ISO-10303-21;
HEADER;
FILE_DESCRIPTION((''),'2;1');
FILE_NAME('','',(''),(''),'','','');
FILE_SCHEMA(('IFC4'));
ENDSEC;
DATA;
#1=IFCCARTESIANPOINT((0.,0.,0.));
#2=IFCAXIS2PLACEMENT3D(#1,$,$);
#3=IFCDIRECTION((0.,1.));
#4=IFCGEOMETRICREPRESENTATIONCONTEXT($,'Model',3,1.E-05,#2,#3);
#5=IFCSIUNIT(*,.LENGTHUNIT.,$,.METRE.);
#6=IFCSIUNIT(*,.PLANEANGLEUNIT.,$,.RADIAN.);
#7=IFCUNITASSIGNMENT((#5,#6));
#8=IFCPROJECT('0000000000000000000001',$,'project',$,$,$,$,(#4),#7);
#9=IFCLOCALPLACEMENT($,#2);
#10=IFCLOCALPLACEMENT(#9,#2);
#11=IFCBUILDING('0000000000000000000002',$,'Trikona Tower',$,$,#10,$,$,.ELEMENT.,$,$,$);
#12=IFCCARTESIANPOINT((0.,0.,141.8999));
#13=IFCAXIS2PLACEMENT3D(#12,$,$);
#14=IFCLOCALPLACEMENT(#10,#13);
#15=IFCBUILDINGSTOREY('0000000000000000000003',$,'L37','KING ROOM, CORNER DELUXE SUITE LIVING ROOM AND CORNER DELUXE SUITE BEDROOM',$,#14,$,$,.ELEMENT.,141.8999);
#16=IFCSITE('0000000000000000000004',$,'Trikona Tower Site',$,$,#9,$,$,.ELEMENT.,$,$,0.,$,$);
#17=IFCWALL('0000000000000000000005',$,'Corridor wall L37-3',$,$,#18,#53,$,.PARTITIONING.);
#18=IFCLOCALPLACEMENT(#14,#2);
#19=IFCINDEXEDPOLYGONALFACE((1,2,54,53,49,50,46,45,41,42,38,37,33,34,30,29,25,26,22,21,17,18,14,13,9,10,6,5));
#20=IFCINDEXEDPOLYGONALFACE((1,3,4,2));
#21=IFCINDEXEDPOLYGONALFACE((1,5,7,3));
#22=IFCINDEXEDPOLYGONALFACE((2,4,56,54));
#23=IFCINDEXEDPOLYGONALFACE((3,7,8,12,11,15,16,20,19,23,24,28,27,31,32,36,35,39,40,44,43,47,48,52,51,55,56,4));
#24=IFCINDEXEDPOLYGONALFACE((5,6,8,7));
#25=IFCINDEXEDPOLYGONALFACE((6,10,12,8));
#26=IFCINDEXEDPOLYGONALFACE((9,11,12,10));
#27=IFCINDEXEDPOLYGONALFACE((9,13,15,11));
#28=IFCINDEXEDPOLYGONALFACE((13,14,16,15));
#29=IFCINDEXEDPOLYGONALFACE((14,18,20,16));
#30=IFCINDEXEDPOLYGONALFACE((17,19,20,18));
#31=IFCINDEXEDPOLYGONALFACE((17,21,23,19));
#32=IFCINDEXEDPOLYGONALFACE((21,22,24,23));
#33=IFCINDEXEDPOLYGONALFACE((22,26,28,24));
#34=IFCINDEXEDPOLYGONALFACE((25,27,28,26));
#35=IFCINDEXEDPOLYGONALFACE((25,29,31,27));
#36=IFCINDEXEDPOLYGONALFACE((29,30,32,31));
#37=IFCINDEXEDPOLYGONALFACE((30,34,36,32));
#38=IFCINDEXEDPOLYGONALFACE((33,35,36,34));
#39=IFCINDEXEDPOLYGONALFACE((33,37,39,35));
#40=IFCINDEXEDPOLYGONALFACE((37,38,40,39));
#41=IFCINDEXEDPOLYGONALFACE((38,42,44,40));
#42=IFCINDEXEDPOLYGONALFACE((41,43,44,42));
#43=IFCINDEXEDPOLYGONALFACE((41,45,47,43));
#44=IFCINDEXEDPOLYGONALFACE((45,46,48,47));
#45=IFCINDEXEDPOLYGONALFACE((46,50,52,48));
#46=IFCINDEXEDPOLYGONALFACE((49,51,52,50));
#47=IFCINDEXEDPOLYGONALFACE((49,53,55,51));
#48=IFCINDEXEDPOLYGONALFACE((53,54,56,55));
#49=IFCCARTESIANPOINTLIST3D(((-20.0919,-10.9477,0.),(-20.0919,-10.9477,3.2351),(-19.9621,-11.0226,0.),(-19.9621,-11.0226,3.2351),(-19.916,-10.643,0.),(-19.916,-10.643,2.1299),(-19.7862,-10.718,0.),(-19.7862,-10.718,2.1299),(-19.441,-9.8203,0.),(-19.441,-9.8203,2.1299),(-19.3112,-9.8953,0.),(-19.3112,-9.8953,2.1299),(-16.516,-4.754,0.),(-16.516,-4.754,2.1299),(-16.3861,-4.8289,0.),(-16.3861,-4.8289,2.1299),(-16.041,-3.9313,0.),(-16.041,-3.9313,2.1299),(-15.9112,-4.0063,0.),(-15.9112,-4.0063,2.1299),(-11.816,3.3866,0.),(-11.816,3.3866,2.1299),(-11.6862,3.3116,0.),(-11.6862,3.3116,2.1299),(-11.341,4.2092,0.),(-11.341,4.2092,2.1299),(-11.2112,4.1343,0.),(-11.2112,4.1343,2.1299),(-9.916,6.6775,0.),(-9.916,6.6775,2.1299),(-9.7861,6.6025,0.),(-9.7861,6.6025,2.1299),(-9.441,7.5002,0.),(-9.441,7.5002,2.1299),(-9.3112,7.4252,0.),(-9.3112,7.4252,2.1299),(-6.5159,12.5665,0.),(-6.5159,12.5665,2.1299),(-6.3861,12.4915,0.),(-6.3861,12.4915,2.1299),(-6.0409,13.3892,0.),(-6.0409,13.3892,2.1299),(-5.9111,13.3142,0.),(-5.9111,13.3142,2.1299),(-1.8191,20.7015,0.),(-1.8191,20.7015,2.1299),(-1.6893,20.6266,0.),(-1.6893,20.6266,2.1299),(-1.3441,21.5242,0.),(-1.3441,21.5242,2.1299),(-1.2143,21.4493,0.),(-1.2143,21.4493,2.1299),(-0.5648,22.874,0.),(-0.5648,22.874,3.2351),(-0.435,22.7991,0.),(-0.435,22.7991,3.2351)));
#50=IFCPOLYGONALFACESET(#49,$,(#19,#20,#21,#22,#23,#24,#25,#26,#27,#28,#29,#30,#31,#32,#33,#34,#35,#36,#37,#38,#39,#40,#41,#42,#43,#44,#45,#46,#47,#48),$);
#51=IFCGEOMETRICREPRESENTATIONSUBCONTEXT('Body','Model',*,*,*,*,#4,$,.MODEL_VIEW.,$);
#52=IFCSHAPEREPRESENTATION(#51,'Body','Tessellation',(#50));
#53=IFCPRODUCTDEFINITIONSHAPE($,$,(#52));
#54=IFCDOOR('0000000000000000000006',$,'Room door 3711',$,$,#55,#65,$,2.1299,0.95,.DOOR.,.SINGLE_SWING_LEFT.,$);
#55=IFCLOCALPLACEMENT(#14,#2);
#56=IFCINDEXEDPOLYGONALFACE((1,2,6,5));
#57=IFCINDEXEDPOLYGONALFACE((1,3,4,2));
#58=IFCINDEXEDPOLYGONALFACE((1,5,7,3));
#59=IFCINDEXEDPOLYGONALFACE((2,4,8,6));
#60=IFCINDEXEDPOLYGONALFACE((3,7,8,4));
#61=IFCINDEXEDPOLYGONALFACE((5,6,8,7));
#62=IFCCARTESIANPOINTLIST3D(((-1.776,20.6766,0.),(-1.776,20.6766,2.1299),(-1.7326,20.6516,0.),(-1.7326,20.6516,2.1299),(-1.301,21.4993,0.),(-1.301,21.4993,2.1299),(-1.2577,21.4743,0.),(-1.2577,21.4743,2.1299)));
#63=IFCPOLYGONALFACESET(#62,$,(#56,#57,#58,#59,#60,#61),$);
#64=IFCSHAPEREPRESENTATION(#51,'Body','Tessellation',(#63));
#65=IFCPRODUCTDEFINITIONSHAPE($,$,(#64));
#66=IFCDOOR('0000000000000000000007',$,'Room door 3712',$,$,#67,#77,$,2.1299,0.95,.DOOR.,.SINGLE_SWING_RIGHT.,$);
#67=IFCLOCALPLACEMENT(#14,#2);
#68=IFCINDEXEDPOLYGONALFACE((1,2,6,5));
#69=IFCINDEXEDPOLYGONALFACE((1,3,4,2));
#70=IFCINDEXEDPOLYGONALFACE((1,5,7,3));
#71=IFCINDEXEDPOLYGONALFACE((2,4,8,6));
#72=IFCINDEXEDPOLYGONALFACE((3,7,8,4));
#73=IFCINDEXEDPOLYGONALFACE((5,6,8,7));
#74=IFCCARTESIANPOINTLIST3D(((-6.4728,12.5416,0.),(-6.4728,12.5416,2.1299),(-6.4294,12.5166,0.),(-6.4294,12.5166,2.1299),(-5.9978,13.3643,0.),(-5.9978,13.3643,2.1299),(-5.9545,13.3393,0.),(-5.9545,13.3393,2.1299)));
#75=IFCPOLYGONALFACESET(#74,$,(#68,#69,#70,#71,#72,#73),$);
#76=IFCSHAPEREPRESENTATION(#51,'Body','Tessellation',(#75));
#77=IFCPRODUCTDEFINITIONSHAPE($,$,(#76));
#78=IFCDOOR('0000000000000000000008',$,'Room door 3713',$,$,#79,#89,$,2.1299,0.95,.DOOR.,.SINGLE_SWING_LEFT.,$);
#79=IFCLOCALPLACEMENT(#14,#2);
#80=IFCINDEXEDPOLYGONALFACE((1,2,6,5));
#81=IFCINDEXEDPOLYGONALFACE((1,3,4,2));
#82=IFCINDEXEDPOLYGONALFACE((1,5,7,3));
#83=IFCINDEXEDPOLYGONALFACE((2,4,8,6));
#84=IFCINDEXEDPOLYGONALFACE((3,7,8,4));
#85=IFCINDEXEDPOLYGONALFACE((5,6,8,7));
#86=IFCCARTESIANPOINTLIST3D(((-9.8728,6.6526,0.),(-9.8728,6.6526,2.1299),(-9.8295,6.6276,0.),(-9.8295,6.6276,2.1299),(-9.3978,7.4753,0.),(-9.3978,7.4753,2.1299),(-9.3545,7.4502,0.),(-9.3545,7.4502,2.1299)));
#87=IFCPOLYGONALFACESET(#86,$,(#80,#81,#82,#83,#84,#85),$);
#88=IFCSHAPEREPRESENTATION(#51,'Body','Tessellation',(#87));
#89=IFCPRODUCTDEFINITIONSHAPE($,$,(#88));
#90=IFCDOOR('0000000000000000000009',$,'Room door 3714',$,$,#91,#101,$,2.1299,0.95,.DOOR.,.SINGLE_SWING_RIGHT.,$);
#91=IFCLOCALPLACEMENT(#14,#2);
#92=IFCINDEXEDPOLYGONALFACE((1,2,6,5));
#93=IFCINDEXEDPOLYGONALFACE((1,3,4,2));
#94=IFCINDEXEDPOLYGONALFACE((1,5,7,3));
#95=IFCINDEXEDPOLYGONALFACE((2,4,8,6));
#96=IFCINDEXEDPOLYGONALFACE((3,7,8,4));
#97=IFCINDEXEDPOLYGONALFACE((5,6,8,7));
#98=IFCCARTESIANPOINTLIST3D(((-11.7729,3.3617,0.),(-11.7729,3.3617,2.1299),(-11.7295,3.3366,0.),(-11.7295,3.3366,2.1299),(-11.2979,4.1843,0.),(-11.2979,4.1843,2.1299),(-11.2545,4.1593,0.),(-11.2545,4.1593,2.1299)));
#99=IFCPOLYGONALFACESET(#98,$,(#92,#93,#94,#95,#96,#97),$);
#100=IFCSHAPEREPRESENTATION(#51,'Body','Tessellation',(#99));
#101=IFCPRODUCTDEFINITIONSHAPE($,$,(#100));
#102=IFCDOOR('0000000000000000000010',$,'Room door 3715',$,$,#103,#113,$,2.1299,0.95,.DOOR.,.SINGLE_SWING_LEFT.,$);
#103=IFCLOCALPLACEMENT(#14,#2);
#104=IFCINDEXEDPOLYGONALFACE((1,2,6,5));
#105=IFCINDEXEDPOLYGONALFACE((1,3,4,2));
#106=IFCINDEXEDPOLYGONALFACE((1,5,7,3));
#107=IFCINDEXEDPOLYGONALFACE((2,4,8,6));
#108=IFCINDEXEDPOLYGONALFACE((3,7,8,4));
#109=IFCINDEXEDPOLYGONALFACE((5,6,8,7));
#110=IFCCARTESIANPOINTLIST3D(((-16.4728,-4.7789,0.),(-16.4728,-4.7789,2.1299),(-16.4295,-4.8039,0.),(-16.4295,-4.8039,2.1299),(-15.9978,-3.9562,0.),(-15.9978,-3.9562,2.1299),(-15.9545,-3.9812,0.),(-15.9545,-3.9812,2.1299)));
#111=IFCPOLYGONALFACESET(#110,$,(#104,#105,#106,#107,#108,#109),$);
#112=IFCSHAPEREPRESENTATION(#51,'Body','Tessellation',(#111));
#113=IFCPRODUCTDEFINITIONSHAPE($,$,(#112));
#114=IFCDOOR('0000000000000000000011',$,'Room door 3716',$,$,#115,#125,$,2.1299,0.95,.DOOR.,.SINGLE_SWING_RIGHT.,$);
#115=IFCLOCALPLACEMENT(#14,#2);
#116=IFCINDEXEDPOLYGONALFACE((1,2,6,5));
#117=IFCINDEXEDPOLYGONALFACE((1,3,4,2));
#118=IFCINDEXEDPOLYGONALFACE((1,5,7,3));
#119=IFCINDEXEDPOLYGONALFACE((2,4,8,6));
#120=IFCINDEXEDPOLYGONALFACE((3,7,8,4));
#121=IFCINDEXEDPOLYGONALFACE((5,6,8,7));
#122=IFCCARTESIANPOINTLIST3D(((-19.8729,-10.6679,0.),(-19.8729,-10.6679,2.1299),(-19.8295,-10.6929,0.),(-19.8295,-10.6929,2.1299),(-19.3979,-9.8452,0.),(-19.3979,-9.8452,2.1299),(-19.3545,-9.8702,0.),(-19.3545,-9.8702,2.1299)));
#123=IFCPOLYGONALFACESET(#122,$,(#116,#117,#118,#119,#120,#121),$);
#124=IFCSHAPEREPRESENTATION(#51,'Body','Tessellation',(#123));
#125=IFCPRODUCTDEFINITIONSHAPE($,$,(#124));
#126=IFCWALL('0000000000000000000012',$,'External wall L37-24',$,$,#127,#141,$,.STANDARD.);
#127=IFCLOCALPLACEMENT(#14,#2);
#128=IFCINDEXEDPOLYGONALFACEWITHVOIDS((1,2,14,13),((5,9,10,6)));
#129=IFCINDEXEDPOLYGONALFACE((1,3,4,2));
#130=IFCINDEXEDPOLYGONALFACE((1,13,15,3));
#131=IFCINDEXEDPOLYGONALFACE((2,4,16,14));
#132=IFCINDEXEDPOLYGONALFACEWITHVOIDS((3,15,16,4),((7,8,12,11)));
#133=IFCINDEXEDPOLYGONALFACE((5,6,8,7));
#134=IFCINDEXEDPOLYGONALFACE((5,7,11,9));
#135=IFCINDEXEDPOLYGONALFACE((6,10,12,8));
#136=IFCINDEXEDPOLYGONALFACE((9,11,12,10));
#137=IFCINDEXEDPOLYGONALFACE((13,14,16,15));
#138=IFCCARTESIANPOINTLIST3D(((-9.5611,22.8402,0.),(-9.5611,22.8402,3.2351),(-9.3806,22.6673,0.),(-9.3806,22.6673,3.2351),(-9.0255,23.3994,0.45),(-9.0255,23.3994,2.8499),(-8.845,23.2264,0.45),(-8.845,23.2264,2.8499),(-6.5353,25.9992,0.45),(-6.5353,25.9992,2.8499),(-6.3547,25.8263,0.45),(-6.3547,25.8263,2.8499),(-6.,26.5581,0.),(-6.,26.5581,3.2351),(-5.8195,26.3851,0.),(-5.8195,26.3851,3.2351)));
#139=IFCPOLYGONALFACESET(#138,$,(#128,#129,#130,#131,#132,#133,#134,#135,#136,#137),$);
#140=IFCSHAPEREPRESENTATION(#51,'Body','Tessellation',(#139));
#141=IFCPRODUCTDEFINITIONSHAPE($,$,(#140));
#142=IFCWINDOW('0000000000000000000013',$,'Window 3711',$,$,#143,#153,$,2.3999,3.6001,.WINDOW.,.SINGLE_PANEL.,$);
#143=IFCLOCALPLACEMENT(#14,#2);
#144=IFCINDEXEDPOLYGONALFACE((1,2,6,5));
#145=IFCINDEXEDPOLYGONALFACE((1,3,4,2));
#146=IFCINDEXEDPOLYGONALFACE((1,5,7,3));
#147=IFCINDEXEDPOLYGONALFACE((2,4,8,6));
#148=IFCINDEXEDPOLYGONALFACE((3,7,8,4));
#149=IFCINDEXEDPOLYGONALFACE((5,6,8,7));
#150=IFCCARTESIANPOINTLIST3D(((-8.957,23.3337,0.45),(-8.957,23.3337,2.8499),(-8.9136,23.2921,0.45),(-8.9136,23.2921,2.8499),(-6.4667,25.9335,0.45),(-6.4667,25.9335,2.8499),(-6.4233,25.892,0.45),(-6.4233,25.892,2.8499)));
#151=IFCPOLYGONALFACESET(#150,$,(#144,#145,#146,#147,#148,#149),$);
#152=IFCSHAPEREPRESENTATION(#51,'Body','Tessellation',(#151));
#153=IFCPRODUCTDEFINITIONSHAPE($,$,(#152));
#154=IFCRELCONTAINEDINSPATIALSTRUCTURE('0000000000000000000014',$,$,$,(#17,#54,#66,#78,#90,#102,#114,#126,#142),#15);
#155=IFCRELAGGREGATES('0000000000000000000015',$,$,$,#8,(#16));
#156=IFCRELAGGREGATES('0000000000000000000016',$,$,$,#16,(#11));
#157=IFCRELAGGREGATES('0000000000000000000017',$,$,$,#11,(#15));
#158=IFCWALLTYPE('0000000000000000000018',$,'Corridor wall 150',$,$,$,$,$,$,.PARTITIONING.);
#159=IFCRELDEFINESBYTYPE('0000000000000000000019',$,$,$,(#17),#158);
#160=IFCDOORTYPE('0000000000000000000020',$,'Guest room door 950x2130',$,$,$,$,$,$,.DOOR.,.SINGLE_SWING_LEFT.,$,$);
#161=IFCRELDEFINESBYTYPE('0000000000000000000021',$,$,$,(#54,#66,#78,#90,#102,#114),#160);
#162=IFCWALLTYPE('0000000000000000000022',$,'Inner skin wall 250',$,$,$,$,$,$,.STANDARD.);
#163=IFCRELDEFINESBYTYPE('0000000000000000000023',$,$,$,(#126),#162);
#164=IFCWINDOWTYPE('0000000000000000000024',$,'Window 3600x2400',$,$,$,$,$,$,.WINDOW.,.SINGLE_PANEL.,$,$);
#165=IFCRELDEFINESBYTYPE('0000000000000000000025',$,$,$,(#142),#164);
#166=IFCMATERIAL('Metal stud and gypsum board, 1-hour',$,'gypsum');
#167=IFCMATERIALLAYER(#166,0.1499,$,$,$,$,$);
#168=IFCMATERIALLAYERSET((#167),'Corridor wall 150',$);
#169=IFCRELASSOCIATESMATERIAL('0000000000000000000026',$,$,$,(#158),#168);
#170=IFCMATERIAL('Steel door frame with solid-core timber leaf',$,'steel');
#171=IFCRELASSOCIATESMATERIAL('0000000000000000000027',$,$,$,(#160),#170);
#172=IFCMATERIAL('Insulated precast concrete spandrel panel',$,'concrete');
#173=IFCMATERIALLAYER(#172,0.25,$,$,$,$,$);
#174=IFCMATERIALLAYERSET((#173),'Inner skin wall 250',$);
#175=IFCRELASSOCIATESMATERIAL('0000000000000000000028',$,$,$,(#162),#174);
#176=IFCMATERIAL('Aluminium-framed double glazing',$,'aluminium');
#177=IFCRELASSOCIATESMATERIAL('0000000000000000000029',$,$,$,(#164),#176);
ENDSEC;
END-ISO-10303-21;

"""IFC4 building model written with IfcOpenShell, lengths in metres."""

from ifc_helpers import new_model, si_unit, direction, frame, frame_2d, origin, place, context, subcontext, project, spatial, rectangle, extrude, material, layer, layer_set, type_object, element, fill, save


model = new_model("IFC4")

# Units and contexts
model_context = context("Model", 3, precision=1e-05, world=origin(), true_north=direction((0.0, 1.0)))
body_context = subcontext(model_context, "Body", "Model", "MODEL_VIEW")
ifc_project = project(units=[si_unit("LENGTHUNIT", "METRE"), si_unit("PLANEANGLEUNIT", "RADIAN")], contexts=[model_context])

# Site, building, storey
site_placement = place(None, origin())
site = spatial("IfcSite", under=ifc_project, at=site_placement, Name="Trikona Tower Site", CompositionType="ELEMENT", RefElevation=0.0)
building_placement = place(site_placement, origin())
building = spatial("IfcBuilding", under=site, at=building_placement, Name="Trikona Tower", CompositionType="ELEMENT")
storey_placement = place(building_placement, frame((0.0, 0.0, 141.8999)))
storey = spatial("IfcBuildingStorey", under=building, at=storey_placement, Name="L37", Description="KING ROOM, CORNER DELUXE SUITE LIVING ROOM AND CORNER DELUXE SUITE BEDROOM", CompositionType="ELEMENT", Elevation=141.8999)

# Wall, openings, doors
ifc_material_1 = material(Name="Metal stud and gypsum board, 1-hour", Category="gypsum")
ifc_layer_1 = layer(ifc_material_1, 0.1499)
ifc_layer_set_1 = layer_set([ifc_layer_1], Name="Corridor wall 150")
wall_type_1 = type_object("IfcWallType", Name="Corridor wall 150", PredefinedType="PARTITIONING", material=ifc_layer_set_1)
wall_1_placement = place(storey_placement, frame((-0.5, 22.8364, 0.0), z_axis=(0.0, 0.0, 1.0), x_axis=(-0.500002, -0.866024, 0.0)))
wall_1 = element("IfcWall", 1, at=wall_1_placement, inside=storey, type_object=wall_type_1, Name="Corridor wall L37-3", PredefinedType="PARTITIONING", context=body_context, shape_type="SweptSolid", body=[
    extrude(rectangle(XDim=39.054, YDim=0.1499, at=frame_2d((19.5269, 0.0))), origin(), (0.0, 0.0, 1.0), 3.2351),
])
opening_1_placement = place(wall_1_placement, frame((1.5583, 0.0, 0.0)))
opening_1 = element("IfcOpeningElement", 2, at=opening_1_placement, cuts=wall_1, PredefinedType="OPENING", context=body_context, shape_type="SweptSolid", body=[
    extrude(rectangle(XDim=0.95, YDim=2.1299, at=frame_2d((0.4751, 1.0649))), frame((0.0, 0.085, 0.0), z_axis=(0.0, -1.0, 0.0), x_axis=(1.0, 0.0, 0.0)), (0.0, 0.0, 1.0), 0.1699),
])
opening_2_placement = place(wall_1_placement, frame((10.9519, 0.0, 0.0)))
opening_2 = element("IfcOpeningElement", 3, at=opening_2_placement, cuts=wall_1, PredefinedType="OPENING", context=body_context, shape_type="SweptSolid", body=[
    extrude(rectangle(XDim=0.95, YDim=2.1299, at=frame_2d((0.4751, 1.0649))), frame((0.0, 0.085, 0.0), z_axis=(0.0, -1.0, 0.0), x_axis=(1.0, 0.0, 0.0)), (0.0, 0.0, 1.0), 0.1699),
])
opening_3_placement = place(wall_1_placement, frame((17.752, 0.0, 0.0)))
opening_3 = element("IfcOpeningElement", 4, at=opening_3_placement, cuts=wall_1, PredefinedType="OPENING", context=body_context, shape_type="SweptSolid", body=[
    extrude(rectangle(XDim=0.95, YDim=2.1299, at=frame_2d((0.4751, 1.0649))), frame((0.0, 0.085, 0.0), z_axis=(0.0, -1.0, 0.0), x_axis=(1.0, 0.0, 0.0)), (0.0, 0.0, 1.0), 0.1699),
])
opening_4_placement = place(wall_1_placement, frame((21.552, 0.0, 0.0)))
opening_4 = element("IfcOpeningElement", 5, at=opening_4_placement, cuts=wall_1, PredefinedType="OPENING", context=body_context, shape_type="SweptSolid", body=[
    extrude(rectangle(XDim=0.95, YDim=2.1299, at=frame_2d((0.4751, 1.0649))), frame((0.0, 0.085, 0.0), z_axis=(0.0, -1.0, 0.0), x_axis=(1.0, 0.0, 0.0)), (0.0, 0.0, 1.0), 0.1699),
])
opening_5_placement = place(wall_1_placement, frame((30.9519, 0.0, 0.0)))
opening_5 = element("IfcOpeningElement", 6, at=opening_5_placement, cuts=wall_1, PredefinedType="OPENING", context=body_context, shape_type="SweptSolid", body=[
    extrude(rectangle(XDim=0.95, YDim=2.1299, at=frame_2d((0.4751, 1.0649))), frame((0.0, 0.085, 0.0), z_axis=(0.0, -1.0, 0.0), x_axis=(1.0, 0.0, 0.0)), (0.0, 0.0, 1.0), 0.1699),
])
opening_6_placement = place(wall_1_placement, frame((37.752, 0.0, 0.0)))
opening_6 = element("IfcOpeningElement", 7, at=opening_6_placement, cuts=wall_1, PredefinedType="OPENING", context=body_context, shape_type="SweptSolid", body=[
    extrude(rectangle(XDim=0.95, YDim=2.1299, at=frame_2d((0.4751, 1.0649))), frame((0.0, 0.085, 0.0), z_axis=(0.0, -1.0, 0.0), x_axis=(1.0, 0.0, 0.0)), (0.0, 0.0, 1.0), 0.1699),
])
ifc_material_2 = material(Name="Steel door frame with solid-core timber leaf", Category="steel")
door_type = type_object("IfcDoorType", Name="Guest room door 950x2130", OperationType="SINGLE_SWING_LEFT", PredefinedType="DOOR", material=ifc_material_2)
door_1_placement = place(opening_1_placement, origin())
door_1 = element("IfcDoor", 8, at=door_1_placement, inside=storey, type_object=door_type, Name="Room door 3711", OperationType="SINGLE_SWING_LEFT", OverallHeight=2.1299, OverallWidth=0.95, PredefinedType="DOOR", context=body_context, shape_type="SweptSolid", body=[
    extrude(rectangle(XDim=0.95, YDim=2.1299, at=frame_2d((0.4751, 1.0649))), frame((0.0, 0.0249, 0.0), z_axis=(0.0, -1.0, 0.0), x_axis=(1.0, 0.0, 0.0)), (0.0, 0.0, 1.0), 0.05),
])
fill(opening_1, door_1)
door_2_placement = place(opening_2_placement, origin())
door_2 = element("IfcDoor", 9, at=door_2_placement, inside=storey, type_object=door_type, Name="Room door 3712", OperationType="SINGLE_SWING_RIGHT", OverallHeight=2.1299, OverallWidth=0.95, PredefinedType="DOOR", context=body_context, shape_type="SweptSolid", body=[
    extrude(rectangle(XDim=0.95, YDim=2.1299, at=frame_2d((0.4751, 1.0649))), frame((0.0, 0.0249, 0.0), z_axis=(0.0, -1.0, 0.0), x_axis=(1.0, 0.0, 0.0)), (0.0, 0.0, 1.0), 0.05),
])
fill(opening_2, door_2)
door_3_placement = place(opening_3_placement, origin())
door_3 = element("IfcDoor", 10, at=door_3_placement, inside=storey, type_object=door_type, Name="Room door 3713", OperationType="SINGLE_SWING_LEFT", OverallHeight=2.1299, OverallWidth=0.95, PredefinedType="DOOR", context=body_context, shape_type="SweptSolid", body=[
    extrude(rectangle(XDim=0.95, YDim=2.1299, at=frame_2d((0.4751, 1.0649))), frame((0.0, 0.0249, 0.0), z_axis=(0.0, -1.0, 0.0), x_axis=(1.0, 0.0, 0.0)), (0.0, 0.0, 1.0), 0.05),
])
fill(opening_3, door_3)
door_4_placement = place(opening_4_placement, origin())
door_4 = element("IfcDoor", 11, at=door_4_placement, inside=storey, type_object=door_type, Name="Room door 3714", OperationType="SINGLE_SWING_RIGHT", OverallHeight=2.1299, OverallWidth=0.95, PredefinedType="DOOR", context=body_context, shape_type="SweptSolid", body=[
    extrude(rectangle(XDim=0.95, YDim=2.1299, at=frame_2d((0.4751, 1.0649))), frame((0.0, 0.0249, 0.0), z_axis=(0.0, -1.0, 0.0), x_axis=(1.0, 0.0, 0.0)), (0.0, 0.0, 1.0), 0.05),
])
fill(opening_4, door_4)
door_5_placement = place(opening_5_placement, origin())
door_5 = element("IfcDoor", 12, at=door_5_placement, inside=storey, type_object=door_type, Name="Room door 3715", OperationType="SINGLE_SWING_LEFT", OverallHeight=2.1299, OverallWidth=0.95, PredefinedType="DOOR", context=body_context, shape_type="SweptSolid", body=[
    extrude(rectangle(XDim=0.95, YDim=2.1299, at=frame_2d((0.4751, 1.0649))), frame((0.0, 0.0249, 0.0), z_axis=(0.0, -1.0, 0.0), x_axis=(1.0, 0.0, 0.0)), (0.0, 0.0, 1.0), 0.05),
])
fill(opening_5, door_5)
door_6_placement = place(opening_6_placement, origin())
door_6 = element("IfcDoor", 13, at=door_6_placement, inside=storey, type_object=door_type, Name="Room door 3716", OperationType="SINGLE_SWING_RIGHT", OverallHeight=2.1299, OverallWidth=0.95, PredefinedType="DOOR", context=body_context, shape_type="SweptSolid", body=[
    extrude(rectangle(XDim=0.95, YDim=2.1299, at=frame_2d((0.4751, 1.0649))), frame((0.0, 0.0249, 0.0), z_axis=(0.0, -1.0, 0.0), x_axis=(1.0, 0.0, 0.0)), (0.0, 0.0, 1.0), 0.05),
])
fill(opening_6, door_6)

# Wall, opening, window
ifc_material_3 = material(Name="Insulated precast concrete spandrel panel", Category="concrete")
ifc_layer_2 = layer(ifc_material_3, 0.25)
ifc_layer_set_2 = layer_set([ifc_layer_2], Name="Inner skin wall 250")
wall_type_2 = type_object("IfcWallType", Name="Inner skin wall 250", PredefinedType="STANDARD", material=ifc_layer_set_2)
wall_2_placement = place(storey_placement, frame((-5.9097, 26.4717, 0.0), z_axis=(0.0, 0.0, 1.0), x_axis=(-0.69172, -0.722166, 0.0)))
wall_2 = element("IfcWall", 14, at=wall_2_placement, inside=storey, type_object=wall_type_2, Name="External wall L37-24", PredefinedType="STANDARD", context=body_context, shape_type="SweptSolid", body=[
    extrude(rectangle(XDim=5.1482, YDim=0.25, at=frame_2d((2.5742, 0.0))), origin(), (0.0, 0.0, 1.0), 3.2351),
])
opening_7_placement = place(wall_2_placement, frame((0.7739, 0.0, 0.45)))
opening_7 = element("IfcOpeningElement", 15, at=opening_7_placement, cuts=wall_2, PredefinedType="OPENING", context=body_context, shape_type="SweptSolid", body=[
    extrude(rectangle(XDim=3.6001, YDim=2.3999, at=frame_2d((1.8, 1.2))), frame((0.0, 0.135, 0.0), z_axis=(0.0, -1.0, 0.0), x_axis=(1.0, 0.0, 0.0)), (0.0, 0.0, 1.0), 0.27),
])
ifc_material_4 = material(Name="Aluminium-framed double glazing", Category="aluminium")
window_type_1 = type_object("IfcWindowType", Name="Window 3600x2400", PartitioningType="SINGLE_PANEL", PredefinedType="WINDOW", material=ifc_material_4)
window_1_placement = place(opening_7_placement, origin())
window_1 = element("IfcWindow", 16, at=window_1_placement, inside=storey, type_object=window_type_1, Name="Window 3711", OverallHeight=2.3999, OverallWidth=3.6001, PartitioningType="SINGLE_PANEL", PredefinedType="WINDOW", context=body_context, shape_type="SweptSolid", body=[
    extrude(rectangle(XDim=3.6001, YDim=2.3999, at=frame_2d((1.8, 1.2))), frame((0.0, 0.03, 0.0), z_axis=(0.0, -1.0, 0.0), x_axis=(1.0, 0.0, 0.0)), (0.0, 0.0, 1.0), 0.0601),
])
fill(opening_7, window_1)

save(model, "model.ifc")
